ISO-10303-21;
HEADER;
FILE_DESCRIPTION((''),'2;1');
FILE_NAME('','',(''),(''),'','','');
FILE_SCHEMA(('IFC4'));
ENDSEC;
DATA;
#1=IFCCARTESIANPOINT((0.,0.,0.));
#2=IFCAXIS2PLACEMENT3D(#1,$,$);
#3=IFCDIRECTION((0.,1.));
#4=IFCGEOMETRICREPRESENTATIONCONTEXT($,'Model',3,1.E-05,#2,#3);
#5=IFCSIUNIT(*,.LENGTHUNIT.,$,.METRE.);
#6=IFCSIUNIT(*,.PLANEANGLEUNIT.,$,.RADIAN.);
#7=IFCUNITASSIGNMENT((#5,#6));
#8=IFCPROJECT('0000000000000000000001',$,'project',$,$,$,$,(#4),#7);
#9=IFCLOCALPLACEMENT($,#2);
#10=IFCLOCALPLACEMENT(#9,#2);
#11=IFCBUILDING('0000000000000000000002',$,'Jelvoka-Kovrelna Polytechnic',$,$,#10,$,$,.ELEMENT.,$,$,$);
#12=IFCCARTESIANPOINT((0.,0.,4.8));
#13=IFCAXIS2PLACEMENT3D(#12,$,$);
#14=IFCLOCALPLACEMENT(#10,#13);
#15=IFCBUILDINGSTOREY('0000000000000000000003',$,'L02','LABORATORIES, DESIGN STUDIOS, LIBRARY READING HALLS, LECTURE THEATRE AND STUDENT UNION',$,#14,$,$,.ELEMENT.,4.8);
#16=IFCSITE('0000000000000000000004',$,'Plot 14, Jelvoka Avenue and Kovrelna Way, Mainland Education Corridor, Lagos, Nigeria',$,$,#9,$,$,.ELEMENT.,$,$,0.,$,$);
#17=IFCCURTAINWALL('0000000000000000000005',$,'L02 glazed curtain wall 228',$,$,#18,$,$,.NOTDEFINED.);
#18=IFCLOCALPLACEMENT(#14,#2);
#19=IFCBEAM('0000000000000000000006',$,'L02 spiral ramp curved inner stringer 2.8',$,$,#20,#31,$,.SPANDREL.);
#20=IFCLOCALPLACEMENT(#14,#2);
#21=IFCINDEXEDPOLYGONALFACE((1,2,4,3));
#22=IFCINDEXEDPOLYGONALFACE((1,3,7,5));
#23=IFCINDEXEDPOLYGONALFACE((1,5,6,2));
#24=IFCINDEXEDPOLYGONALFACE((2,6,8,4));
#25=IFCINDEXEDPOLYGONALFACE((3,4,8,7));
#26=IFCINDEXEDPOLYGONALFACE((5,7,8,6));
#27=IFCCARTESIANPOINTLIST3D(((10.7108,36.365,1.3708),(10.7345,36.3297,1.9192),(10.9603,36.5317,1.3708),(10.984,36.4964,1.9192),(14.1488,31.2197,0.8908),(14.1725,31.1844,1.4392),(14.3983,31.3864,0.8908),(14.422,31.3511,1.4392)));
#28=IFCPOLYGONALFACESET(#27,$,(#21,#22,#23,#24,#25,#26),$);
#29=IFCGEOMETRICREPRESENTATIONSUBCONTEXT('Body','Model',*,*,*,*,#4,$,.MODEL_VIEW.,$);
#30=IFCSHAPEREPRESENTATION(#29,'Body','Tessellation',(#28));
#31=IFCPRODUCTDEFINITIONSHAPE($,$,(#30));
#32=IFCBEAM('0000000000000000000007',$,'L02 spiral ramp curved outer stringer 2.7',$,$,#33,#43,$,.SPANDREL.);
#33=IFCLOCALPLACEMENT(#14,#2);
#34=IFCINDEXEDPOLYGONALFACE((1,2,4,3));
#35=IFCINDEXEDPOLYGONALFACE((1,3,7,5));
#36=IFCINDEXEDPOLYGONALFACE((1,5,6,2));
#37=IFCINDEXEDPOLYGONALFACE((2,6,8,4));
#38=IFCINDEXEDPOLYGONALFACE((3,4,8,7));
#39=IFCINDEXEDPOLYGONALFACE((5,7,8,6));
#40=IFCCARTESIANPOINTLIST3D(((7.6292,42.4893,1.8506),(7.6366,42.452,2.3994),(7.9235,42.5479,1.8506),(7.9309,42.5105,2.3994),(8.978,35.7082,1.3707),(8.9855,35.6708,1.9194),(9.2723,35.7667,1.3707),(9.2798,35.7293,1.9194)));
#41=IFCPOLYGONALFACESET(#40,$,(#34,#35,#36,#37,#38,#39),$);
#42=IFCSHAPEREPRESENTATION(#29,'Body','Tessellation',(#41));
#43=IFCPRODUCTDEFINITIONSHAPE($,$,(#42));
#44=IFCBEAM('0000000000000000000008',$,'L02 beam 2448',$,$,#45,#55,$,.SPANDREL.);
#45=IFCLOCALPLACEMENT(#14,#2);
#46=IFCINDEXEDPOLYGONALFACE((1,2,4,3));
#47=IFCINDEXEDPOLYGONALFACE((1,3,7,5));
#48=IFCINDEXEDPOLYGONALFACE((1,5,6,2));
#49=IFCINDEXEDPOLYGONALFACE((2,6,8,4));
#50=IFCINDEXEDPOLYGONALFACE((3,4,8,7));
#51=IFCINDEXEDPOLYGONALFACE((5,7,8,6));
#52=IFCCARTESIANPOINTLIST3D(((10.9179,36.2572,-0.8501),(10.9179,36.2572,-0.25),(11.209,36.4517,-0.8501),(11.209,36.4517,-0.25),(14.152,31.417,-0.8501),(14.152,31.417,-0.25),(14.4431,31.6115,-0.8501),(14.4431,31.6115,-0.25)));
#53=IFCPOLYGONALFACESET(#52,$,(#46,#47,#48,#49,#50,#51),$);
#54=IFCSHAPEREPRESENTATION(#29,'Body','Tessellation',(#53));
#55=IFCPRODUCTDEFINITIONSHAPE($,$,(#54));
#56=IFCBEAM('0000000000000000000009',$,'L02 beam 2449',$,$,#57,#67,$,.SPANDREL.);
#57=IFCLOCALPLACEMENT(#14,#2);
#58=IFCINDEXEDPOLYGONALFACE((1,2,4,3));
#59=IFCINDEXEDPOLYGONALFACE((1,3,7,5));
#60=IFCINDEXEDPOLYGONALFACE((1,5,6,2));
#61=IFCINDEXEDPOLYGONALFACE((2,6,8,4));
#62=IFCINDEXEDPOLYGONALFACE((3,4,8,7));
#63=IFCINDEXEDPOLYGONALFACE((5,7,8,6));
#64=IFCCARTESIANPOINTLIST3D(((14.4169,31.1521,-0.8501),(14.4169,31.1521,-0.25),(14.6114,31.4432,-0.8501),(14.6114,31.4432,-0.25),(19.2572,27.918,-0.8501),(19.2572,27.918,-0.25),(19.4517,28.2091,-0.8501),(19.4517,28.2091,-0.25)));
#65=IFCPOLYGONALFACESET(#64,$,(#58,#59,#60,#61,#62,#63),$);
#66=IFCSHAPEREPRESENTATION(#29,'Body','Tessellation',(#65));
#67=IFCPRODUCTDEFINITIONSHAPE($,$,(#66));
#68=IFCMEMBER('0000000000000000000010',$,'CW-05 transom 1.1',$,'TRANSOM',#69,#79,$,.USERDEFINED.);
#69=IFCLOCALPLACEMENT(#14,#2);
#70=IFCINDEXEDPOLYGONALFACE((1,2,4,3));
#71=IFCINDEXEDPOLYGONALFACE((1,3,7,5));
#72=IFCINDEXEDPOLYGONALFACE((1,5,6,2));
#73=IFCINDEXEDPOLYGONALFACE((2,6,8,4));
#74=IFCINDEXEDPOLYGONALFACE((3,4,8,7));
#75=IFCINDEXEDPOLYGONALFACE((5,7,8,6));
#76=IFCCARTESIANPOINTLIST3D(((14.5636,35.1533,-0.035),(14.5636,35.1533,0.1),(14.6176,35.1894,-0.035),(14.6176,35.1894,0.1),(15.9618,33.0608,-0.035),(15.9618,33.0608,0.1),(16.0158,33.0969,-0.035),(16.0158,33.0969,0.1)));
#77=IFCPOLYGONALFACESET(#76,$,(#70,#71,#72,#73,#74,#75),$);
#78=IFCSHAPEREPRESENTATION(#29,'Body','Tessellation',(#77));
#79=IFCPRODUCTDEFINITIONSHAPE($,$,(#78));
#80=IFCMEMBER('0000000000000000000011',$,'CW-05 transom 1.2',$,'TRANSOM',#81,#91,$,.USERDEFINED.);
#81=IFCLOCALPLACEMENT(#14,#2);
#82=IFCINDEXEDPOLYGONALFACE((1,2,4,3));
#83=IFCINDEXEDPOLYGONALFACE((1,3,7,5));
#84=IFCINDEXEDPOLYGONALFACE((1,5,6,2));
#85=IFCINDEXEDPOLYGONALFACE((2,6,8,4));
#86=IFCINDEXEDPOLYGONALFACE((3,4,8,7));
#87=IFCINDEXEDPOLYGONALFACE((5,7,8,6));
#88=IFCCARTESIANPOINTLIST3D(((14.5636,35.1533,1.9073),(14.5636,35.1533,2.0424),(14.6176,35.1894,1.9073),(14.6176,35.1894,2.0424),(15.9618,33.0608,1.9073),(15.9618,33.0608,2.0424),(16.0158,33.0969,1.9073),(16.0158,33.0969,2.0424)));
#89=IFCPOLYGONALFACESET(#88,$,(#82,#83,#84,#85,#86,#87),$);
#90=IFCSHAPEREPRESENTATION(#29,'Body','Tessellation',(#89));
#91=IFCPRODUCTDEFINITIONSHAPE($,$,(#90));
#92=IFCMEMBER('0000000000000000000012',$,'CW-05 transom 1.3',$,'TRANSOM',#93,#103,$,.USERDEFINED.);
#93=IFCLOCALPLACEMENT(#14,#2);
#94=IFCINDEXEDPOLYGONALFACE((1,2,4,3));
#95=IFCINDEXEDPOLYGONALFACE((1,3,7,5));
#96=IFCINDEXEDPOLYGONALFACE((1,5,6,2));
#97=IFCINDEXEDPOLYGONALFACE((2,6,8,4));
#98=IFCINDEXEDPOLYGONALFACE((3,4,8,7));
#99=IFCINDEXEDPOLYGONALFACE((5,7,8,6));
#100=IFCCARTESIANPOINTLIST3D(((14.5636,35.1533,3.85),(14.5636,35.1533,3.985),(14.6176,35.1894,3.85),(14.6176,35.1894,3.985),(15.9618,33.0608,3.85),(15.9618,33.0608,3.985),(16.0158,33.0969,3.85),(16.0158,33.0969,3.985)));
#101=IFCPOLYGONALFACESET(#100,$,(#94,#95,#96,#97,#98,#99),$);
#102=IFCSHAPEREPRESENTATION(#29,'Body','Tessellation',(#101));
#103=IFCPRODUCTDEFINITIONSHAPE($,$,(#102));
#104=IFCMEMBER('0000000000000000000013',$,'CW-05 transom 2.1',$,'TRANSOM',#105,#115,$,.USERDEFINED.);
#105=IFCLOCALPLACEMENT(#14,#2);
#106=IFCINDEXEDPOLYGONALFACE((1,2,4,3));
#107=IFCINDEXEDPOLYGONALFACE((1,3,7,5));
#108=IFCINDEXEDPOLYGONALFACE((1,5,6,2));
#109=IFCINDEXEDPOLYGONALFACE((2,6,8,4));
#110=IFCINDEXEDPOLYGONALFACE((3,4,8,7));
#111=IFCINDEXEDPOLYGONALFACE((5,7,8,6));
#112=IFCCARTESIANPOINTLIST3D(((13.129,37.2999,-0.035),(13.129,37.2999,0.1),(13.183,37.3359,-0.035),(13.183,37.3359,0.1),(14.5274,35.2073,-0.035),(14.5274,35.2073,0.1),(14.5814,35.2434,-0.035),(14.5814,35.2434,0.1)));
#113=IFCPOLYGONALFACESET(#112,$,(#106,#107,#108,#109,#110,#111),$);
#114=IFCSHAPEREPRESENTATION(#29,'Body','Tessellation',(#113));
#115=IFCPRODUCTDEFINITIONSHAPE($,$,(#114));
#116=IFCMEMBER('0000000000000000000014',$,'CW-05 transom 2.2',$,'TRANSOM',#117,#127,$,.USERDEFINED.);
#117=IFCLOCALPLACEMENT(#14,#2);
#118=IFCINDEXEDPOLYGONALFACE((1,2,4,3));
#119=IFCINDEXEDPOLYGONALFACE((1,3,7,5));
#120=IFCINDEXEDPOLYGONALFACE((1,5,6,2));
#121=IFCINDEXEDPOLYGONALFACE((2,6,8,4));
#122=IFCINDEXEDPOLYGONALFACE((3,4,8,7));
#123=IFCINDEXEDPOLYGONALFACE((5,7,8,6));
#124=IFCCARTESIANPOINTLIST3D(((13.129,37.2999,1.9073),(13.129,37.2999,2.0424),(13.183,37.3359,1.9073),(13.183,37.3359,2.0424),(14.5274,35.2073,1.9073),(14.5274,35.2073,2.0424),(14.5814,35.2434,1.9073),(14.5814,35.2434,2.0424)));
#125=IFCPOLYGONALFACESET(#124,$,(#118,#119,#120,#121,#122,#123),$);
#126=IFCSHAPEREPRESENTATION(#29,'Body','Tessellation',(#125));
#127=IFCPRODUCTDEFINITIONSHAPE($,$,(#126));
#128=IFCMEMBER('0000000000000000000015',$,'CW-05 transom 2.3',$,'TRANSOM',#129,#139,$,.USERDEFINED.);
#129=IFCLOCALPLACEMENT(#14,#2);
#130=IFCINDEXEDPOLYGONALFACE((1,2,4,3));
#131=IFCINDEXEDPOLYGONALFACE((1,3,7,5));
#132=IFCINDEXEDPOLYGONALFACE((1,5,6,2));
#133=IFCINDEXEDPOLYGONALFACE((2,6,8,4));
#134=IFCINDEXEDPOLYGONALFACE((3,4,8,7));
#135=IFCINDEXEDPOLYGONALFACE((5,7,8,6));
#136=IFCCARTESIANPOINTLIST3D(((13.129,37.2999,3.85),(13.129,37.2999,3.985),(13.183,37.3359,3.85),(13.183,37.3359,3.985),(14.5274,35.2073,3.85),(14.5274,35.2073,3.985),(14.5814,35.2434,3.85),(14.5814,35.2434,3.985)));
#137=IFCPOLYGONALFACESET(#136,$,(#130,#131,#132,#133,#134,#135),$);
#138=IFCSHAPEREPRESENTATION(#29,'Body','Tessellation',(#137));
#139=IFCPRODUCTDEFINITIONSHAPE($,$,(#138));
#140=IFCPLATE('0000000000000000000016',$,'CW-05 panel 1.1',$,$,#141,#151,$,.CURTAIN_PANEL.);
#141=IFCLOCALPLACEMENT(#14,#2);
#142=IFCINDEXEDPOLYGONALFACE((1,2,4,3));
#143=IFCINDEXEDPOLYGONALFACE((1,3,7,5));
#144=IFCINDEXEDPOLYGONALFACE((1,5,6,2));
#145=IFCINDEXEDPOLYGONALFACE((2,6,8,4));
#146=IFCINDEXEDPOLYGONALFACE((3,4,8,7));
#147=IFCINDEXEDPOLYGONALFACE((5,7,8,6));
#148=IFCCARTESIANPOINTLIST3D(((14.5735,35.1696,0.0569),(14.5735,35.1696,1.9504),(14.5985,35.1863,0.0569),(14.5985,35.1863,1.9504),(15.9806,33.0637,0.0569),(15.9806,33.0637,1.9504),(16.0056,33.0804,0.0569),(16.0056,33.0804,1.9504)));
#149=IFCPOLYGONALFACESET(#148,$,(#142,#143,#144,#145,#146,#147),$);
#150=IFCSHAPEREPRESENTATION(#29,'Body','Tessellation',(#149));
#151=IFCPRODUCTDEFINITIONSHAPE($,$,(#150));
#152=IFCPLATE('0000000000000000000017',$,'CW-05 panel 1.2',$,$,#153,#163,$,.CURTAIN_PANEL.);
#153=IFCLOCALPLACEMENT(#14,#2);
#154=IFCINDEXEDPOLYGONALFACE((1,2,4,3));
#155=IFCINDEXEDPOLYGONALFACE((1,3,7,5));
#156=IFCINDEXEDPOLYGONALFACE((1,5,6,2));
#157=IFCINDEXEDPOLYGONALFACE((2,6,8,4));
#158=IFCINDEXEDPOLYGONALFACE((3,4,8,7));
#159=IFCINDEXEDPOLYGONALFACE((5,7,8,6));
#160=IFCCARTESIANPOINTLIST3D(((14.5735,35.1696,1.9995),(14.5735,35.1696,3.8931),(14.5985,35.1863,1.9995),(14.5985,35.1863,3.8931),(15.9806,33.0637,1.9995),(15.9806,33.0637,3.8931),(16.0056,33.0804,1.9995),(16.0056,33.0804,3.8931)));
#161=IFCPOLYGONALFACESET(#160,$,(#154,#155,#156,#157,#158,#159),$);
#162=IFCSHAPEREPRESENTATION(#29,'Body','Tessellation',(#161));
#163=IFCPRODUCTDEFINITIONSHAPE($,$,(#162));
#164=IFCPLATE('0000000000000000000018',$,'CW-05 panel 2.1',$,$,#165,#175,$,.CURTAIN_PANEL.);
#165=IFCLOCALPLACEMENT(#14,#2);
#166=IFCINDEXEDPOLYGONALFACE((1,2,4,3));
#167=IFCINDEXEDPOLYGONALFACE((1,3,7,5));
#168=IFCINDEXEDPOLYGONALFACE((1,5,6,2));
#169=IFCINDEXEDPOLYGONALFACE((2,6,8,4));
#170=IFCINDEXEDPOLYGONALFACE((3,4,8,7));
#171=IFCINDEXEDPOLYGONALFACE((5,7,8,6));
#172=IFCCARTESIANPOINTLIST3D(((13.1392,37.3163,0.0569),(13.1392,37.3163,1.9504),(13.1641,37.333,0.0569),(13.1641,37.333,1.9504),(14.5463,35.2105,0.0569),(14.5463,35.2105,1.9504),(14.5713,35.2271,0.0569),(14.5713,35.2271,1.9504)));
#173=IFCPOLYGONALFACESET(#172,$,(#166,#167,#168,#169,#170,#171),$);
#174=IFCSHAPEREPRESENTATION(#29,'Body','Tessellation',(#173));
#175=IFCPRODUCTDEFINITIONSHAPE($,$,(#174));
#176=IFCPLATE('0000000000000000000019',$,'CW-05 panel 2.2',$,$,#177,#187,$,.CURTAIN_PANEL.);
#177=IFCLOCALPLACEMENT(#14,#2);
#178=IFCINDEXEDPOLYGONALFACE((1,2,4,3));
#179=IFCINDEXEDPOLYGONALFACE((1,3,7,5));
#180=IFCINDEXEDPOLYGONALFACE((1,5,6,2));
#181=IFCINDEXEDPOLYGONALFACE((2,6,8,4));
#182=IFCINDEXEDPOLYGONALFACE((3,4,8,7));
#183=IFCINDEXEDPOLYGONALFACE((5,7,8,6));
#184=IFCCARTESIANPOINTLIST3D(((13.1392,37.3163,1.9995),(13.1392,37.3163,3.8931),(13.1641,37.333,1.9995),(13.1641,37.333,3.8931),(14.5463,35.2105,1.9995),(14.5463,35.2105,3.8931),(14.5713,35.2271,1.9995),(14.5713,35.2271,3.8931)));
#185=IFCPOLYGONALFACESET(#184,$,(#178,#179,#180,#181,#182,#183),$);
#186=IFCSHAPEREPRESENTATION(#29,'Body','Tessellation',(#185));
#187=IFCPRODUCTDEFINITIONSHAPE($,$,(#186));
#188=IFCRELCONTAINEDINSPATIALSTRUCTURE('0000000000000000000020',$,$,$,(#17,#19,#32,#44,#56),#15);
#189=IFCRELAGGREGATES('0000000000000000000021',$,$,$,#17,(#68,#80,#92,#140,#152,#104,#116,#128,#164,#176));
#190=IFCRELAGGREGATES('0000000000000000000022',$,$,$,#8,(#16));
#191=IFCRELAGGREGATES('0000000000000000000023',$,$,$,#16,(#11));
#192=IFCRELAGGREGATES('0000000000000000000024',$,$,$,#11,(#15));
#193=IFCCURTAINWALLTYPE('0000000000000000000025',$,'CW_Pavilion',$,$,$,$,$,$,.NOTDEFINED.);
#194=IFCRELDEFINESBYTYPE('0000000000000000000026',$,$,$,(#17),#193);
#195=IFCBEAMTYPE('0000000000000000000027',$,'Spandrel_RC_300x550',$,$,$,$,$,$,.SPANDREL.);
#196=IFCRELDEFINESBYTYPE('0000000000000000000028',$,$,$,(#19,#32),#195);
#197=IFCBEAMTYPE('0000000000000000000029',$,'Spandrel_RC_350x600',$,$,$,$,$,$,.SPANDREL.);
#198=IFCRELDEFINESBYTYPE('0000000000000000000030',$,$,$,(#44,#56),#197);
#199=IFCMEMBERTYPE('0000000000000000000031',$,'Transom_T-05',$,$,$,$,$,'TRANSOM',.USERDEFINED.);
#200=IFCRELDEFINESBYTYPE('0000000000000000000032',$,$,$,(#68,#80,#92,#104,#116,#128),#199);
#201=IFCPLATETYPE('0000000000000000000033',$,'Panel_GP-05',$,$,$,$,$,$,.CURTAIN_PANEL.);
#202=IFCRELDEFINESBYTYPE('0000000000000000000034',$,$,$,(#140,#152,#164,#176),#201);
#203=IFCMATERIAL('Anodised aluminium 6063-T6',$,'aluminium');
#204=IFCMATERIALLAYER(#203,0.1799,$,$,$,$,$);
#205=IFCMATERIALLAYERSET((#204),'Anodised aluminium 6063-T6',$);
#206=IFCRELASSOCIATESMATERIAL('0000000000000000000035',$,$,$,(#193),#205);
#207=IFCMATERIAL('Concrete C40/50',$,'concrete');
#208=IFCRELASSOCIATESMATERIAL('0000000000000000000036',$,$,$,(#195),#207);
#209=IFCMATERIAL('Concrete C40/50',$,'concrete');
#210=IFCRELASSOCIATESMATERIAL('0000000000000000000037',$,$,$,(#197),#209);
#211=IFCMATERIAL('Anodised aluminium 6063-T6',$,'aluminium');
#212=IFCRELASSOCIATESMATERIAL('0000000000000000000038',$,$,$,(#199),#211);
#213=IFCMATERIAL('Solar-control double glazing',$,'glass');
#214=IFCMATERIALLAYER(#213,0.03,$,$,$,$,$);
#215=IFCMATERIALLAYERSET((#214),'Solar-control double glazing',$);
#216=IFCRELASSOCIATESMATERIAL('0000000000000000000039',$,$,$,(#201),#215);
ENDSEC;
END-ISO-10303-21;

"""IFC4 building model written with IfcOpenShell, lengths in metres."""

from ifc_helpers import new_model, si_unit, direction, frame, origin, origin_2d, place, context, subcontext, project, spatial, rectangle, extrude, material, layer, layer_set, material_profile, profile_set, type_object, element, aggregate, save


model = new_model("IFC4")

# Units and contexts
model_context = context("Model", 3, precision=1e-05, world=origin(), true_north=direction((0.0, 1.0)))
body_context = subcontext(model_context, "Body", "Model", "MODEL_VIEW")
ifc_project = project(units=[si_unit("LENGTHUNIT", "METRE"), si_unit("PLANEANGLEUNIT", "RADIAN")], contexts=[model_context])

# Site, building, storey
site_placement = place(None, origin())
site = spatial("IfcSite", under=ifc_project, at=site_placement, Name="Plot 14, Jelvoka Avenue and Kovrelna Way, Mainland Education Corridor, Lagos, Nigeria", CompositionType="ELEMENT", RefElevation=0.0)
building_placement = place(site_placement, origin())
building = spatial("IfcBuilding", under=site, at=building_placement, Name="Jelvoka-Kovrelna Polytechnic", CompositionType="ELEMENT")
storey_placement = place(building_placement, frame((0.0, 0.0, 4.8)))
storey = spatial("IfcBuildingStorey", under=building, at=storey_placement, Name="L02", Description="LABORATORIES, DESIGN STUDIOS, LIBRARY READING HALLS, LECTURE THEATRE AND STUDENT UNION", CompositionType="ELEMENT", Elevation=4.8)

# Curtain wall
ifc_material_1 = material(Name="Anodised aluminium 6063-T6", Category="aluminium")
ifc_layer_1 = layer(ifc_material_1, 0.1799)
ifc_layer_set_1 = layer_set([ifc_layer_1], Name="Anodised aluminium 6063-T6")
curtain_wall_type = type_object("IfcCurtainWallType", Name="CW_Pavilion", PredefinedType="NOTDEFINED", material=ifc_layer_set_1)
curtain_wall_placement = place(storey_placement, origin())
curtain_wall = element("IfcCurtainWall", 1, at=curtain_wall_placement, inside=storey, type_object=curtain_wall_type, Name="L02 glazed curtain wall 228", PredefinedType="NOTDEFINED")

# Beams
ifc_material_2 = material(Name="Concrete C40/50", Category="concrete")
ifc_material_profile_1 = material_profile(ifc_material_2, rectangle(XDim=0.3, YDim=0.55, at=origin_2d()), Name="RC 300x550")
ifc_profile_set_1 = profile_set([ifc_material_profile_1], Name="Concrete C40/50")
beam_type_1 = type_object("IfcBeamType", Name="Spandrel_RC_300x550", PredefinedType="SPANDREL", material=ifc_profile_set_1)
beam_1_placement = place(storey_placement, frame((14.2854, 31.2854, 1.165), z_axis=(-0.55391, 0.828977, 0.077332), x_axis=(-0.831467, -0.555574, 0.0)))
element("IfcBeam", 2, at=beam_1_placement, inside=storey, type_object=beam_type_1, Name="L02 spiral ramp curved inner stringer 2.8", PredefinedType="SPANDREL", context=body_context, shape_type="SweptSolid", body=[
    extrude(rectangle(XDim=0.3, YDim=0.55, at=origin_2d()), origin(), (0.0, 0.0, 1.0), 6.2068),
])
beam_2_placement = place(storey_placement, frame((9.1289, 35.7188, 1.645), z_axis=(-0.194622, 0.97843, 0.069254), x_axis=(-0.980785, -0.195091, 0.0)))
element("IfcBeam", 3, at=beam_2_placement, inside=storey, type_object=beam_type_1, Name="L02 spiral ramp curved outer stringer 2.7", PredefinedType="SPANDREL", context=body_context, shape_type="SweptSolid", body=[
    extrude(rectangle(XDim=0.3, YDim=0.55, at=origin_2d()), origin(), (0.0, 0.0, 1.0), 6.9307),
])
ifc_material_3 = material(Name="Concrete C40/50", Category="concrete")
ifc_material_profile_2 = material_profile(ifc_material_3, rectangle(XDim=0.3501, YDim=0.6001, at=origin_2d()), Name="RC 350x600")
ifc_profile_set_2 = profile_set([ifc_material_profile_2], Name="Concrete C40/50")
beam_type_2 = type_object("IfcBeamType", Name="Spandrel_RC_350x600", PredefinedType="SPANDREL", material=ifc_profile_set_2)
for number, where, z_axis, x_axis, name in (
    (4, (11.0635, 36.3545, -0.55), (0.555561, -0.831476, 0.0), (0.831476, 0.555561, 0.0), "L02 beam 2448"),
    (5, (14.5142, 31.2976, -0.55), (0.831476, -0.555561, 0.0), (0.555561, 0.831476, 0.0), "L02 beam 2449"),
):
    element("IfcBeam", number, at=place(storey_placement, frame(where, z_axis=z_axis, x_axis=x_axis)), inside=storey, type_object=beam_type_2, Name=name, PredefinedType="SPANDREL", context=body_context, shape_type="SweptSolid", body=[
        extrude(rectangle(XDim=0.3501, YDim=0.6001, at=origin_2d()), origin(), (0.0, 0.0, 1.0), 5.8213),
    ])

# Members
ifc_material_4 = material(Name="Anodised aluminium 6063-T6", Category="aluminium")
ifc_material_profile_3 = material_profile(ifc_material_4, rectangle(XDim=0.0649, YDim=0.135, at=origin_2d()), Name="ALU 65x135")
ifc_profile_set_3 = profile_set([ifc_material_profile_3], Name="Anodised aluminium 6063-T6")
member_type_1 = type_object("IfcMemberType", Name="Transom_T-05", ElementType="TRANSOM", PredefinedType="USERDEFINED", material=ifc_profile_set_3)
member_1_placement = place(storey_placement, frame((15.9888, 33.0789, 0.0325), z_axis=(-0.555573, 0.831468, 0.0), x_axis=(-0.831468, -0.555573, 0.0)))
member_1 = element("IfcMember", 6, at=member_1_placement, type_object=member_type_1, Name="CW-05 transom 1.1", ObjectType="TRANSOM", PredefinedType="USERDEFINED", context=body_context, shape_type="SweptSolid", body=[
    extrude(rectangle(XDim=0.0649, YDim=0.135, at=origin_2d()), origin(), (0.0, 0.0, 1.0), 2.5166),
])
member_2_placement = place(storey_placement, frame((15.9888, 33.0789, 1.9749), z_axis=(-0.555573, 0.831468, 0.0), x_axis=(-0.831468, -0.555573, 0.0)))
member_2 = element("IfcMember", 7, at=member_2_placement, type_object=member_type_1, Name="CW-05 transom 1.2", ObjectType="TRANSOM", PredefinedType="USERDEFINED", context=body_context, shape_type="SweptSolid", body=[
    extrude(rectangle(XDim=0.0649, YDim=0.135, at=origin_2d()), origin(), (0.0, 0.0, 1.0), 2.5166),
])
member_3_placement = place(storey_placement, frame((15.9888, 33.0789, 3.9175), z_axis=(-0.555573, 0.831468, 0.0), x_axis=(-0.831468, -0.555573, 0.0)))
member_3 = element("IfcMember", 8, at=member_3_placement, type_object=member_type_1, Name="CW-05 transom 1.3", ObjectType="TRANSOM", PredefinedType="USERDEFINED", context=body_context, shape_type="SweptSolid", body=[
    extrude(rectangle(XDim=0.0649, YDim=0.135, at=origin_2d()), origin(), (0.0, 0.0, 1.0), 2.5166),
])
member_4_placement = place(storey_placement, frame((14.5544, 35.2253, 0.0325), z_axis=(-0.55564, 0.831423, 0.0), x_axis=(-0.831423, -0.55564, 0.0)))
member_4 = element("IfcMember", 9, at=member_4_placement, type_object=member_type_1, Name="CW-05 transom 2.1", ObjectType="TRANSOM", PredefinedType="USERDEFINED", context=body_context, shape_type="SweptSolid", body=[
    extrude(rectangle(XDim=0.0649, YDim=0.135, at=origin_2d()), origin(), (0.0, 0.0, 1.0), 2.5168),
])
member_5_placement = place(storey_placement, frame((14.5544, 35.2253, 1.9749), z_axis=(-0.55564, 0.831423, 0.0), x_axis=(-0.831423, -0.55564, 0.0)))
member_5 = element("IfcMember", 10, at=member_5_placement, type_object=member_type_1, Name="CW-05 transom 2.2", ObjectType="TRANSOM", PredefinedType="USERDEFINED", context=body_context, shape_type="SweptSolid", body=[
    extrude(rectangle(XDim=0.0649, YDim=0.135, at=origin_2d()), origin(), (0.0, 0.0, 1.0), 2.5168),
])
member_6_placement = place(storey_placement, frame((14.5544, 35.2253, 3.9175), z_axis=(-0.55564, 0.831423, 0.0), x_axis=(-0.831423, -0.55564, 0.0)))
member_6 = element("IfcMember", 11, at=member_6_placement, type_object=member_type_1, Name="CW-05 transom 2.3", ObjectType="TRANSOM", PredefinedType="USERDEFINED", context=body_context, shape_type="SweptSolid", body=[
    extrude(rectangle(XDim=0.0649, YDim=0.135, at=origin_2d()), origin(), (0.0, 0.0, 1.0), 2.5168),
])

# Plates
ifc_material_5 = material(Name="Solar-control double glazing", Category="glass")
ifc_layer_2 = layer(ifc_material_5, 0.03)
ifc_layer_set_2 = layer_set([ifc_layer_2], Name="Solar-control double glazing")
plate_type = type_object("IfcPlateType", Name="Panel_GP-05", PredefinedType="CURTAIN_PANEL", material=ifc_layer_set_2)
plate_1_placement = place(storey_placement, frame((15.2896, 34.125, 0.0569), z_axis=(0.0, 0.0, 1.0), x_axis=(-0.555583, 0.831461, 0.0)))
plate_1 = element("IfcPlate", 12, at=plate_1_placement, type_object=plate_type, Name="CW-05 panel 1.1", PredefinedType="CURTAIN_PANEL", context=body_context, shape_type="SweptSolid", body=[
    extrude(rectangle(XDim=2.5327, YDim=0.03, at=origin_2d()), origin(), (0.0, 0.0, 1.0), 1.8936),
])
plate_2_placement = place(storey_placement, frame((15.2896, 34.125, 1.9995), z_axis=(0.0, 0.0, 1.0), x_axis=(-0.555583, 0.831461, 0.0)))
plate_2 = element("IfcPlate", 13, at=plate_2_placement, type_object=plate_type, Name="CW-05 panel 1.2", PredefinedType="CURTAIN_PANEL", context=body_context, shape_type="SweptSolid", body=[
    extrude(rectangle(XDim=2.5327, YDim=0.03, at=origin_2d()), origin(), (0.0, 0.0, 1.0), 1.8936),
])
plate_3_placement = place(storey_placement, frame((13.8552, 36.2717, 0.0569), z_axis=(0.0, 0.0, 1.0), x_axis=(-0.555583, 0.831461, 0.0)))
plate_3 = element("IfcPlate", 14, at=plate_3_placement, type_object=plate_type, Name="CW-05 panel 2.1", PredefinedType="CURTAIN_PANEL", context=body_context, shape_type="SweptSolid", body=[
    extrude(rectangle(XDim=2.5327, YDim=0.03, at=origin_2d()), origin(), (0.0, 0.0, 1.0), 1.8936),
])
plate_4_placement = place(storey_placement, frame((13.8552, 36.2717, 1.9995), z_axis=(0.0, 0.0, 1.0), x_axis=(-0.555583, 0.831461, 0.0)))
plate_4 = element("IfcPlate", 15, at=plate_4_placement, type_object=plate_type, Name="CW-05 panel 2.2", PredefinedType="CURTAIN_PANEL", context=body_context, shape_type="SweptSolid", body=[
    extrude(rectangle(XDim=2.5327, YDim=0.03, at=origin_2d()), origin(), (0.0, 0.0, 1.0), 1.8936),
])
aggregate(curtain_wall, [member_1, member_2, member_3, plate_1, plate_2, member_4, member_5, member_6, plate_3, plate_4])

save(model, "model.ifc")
